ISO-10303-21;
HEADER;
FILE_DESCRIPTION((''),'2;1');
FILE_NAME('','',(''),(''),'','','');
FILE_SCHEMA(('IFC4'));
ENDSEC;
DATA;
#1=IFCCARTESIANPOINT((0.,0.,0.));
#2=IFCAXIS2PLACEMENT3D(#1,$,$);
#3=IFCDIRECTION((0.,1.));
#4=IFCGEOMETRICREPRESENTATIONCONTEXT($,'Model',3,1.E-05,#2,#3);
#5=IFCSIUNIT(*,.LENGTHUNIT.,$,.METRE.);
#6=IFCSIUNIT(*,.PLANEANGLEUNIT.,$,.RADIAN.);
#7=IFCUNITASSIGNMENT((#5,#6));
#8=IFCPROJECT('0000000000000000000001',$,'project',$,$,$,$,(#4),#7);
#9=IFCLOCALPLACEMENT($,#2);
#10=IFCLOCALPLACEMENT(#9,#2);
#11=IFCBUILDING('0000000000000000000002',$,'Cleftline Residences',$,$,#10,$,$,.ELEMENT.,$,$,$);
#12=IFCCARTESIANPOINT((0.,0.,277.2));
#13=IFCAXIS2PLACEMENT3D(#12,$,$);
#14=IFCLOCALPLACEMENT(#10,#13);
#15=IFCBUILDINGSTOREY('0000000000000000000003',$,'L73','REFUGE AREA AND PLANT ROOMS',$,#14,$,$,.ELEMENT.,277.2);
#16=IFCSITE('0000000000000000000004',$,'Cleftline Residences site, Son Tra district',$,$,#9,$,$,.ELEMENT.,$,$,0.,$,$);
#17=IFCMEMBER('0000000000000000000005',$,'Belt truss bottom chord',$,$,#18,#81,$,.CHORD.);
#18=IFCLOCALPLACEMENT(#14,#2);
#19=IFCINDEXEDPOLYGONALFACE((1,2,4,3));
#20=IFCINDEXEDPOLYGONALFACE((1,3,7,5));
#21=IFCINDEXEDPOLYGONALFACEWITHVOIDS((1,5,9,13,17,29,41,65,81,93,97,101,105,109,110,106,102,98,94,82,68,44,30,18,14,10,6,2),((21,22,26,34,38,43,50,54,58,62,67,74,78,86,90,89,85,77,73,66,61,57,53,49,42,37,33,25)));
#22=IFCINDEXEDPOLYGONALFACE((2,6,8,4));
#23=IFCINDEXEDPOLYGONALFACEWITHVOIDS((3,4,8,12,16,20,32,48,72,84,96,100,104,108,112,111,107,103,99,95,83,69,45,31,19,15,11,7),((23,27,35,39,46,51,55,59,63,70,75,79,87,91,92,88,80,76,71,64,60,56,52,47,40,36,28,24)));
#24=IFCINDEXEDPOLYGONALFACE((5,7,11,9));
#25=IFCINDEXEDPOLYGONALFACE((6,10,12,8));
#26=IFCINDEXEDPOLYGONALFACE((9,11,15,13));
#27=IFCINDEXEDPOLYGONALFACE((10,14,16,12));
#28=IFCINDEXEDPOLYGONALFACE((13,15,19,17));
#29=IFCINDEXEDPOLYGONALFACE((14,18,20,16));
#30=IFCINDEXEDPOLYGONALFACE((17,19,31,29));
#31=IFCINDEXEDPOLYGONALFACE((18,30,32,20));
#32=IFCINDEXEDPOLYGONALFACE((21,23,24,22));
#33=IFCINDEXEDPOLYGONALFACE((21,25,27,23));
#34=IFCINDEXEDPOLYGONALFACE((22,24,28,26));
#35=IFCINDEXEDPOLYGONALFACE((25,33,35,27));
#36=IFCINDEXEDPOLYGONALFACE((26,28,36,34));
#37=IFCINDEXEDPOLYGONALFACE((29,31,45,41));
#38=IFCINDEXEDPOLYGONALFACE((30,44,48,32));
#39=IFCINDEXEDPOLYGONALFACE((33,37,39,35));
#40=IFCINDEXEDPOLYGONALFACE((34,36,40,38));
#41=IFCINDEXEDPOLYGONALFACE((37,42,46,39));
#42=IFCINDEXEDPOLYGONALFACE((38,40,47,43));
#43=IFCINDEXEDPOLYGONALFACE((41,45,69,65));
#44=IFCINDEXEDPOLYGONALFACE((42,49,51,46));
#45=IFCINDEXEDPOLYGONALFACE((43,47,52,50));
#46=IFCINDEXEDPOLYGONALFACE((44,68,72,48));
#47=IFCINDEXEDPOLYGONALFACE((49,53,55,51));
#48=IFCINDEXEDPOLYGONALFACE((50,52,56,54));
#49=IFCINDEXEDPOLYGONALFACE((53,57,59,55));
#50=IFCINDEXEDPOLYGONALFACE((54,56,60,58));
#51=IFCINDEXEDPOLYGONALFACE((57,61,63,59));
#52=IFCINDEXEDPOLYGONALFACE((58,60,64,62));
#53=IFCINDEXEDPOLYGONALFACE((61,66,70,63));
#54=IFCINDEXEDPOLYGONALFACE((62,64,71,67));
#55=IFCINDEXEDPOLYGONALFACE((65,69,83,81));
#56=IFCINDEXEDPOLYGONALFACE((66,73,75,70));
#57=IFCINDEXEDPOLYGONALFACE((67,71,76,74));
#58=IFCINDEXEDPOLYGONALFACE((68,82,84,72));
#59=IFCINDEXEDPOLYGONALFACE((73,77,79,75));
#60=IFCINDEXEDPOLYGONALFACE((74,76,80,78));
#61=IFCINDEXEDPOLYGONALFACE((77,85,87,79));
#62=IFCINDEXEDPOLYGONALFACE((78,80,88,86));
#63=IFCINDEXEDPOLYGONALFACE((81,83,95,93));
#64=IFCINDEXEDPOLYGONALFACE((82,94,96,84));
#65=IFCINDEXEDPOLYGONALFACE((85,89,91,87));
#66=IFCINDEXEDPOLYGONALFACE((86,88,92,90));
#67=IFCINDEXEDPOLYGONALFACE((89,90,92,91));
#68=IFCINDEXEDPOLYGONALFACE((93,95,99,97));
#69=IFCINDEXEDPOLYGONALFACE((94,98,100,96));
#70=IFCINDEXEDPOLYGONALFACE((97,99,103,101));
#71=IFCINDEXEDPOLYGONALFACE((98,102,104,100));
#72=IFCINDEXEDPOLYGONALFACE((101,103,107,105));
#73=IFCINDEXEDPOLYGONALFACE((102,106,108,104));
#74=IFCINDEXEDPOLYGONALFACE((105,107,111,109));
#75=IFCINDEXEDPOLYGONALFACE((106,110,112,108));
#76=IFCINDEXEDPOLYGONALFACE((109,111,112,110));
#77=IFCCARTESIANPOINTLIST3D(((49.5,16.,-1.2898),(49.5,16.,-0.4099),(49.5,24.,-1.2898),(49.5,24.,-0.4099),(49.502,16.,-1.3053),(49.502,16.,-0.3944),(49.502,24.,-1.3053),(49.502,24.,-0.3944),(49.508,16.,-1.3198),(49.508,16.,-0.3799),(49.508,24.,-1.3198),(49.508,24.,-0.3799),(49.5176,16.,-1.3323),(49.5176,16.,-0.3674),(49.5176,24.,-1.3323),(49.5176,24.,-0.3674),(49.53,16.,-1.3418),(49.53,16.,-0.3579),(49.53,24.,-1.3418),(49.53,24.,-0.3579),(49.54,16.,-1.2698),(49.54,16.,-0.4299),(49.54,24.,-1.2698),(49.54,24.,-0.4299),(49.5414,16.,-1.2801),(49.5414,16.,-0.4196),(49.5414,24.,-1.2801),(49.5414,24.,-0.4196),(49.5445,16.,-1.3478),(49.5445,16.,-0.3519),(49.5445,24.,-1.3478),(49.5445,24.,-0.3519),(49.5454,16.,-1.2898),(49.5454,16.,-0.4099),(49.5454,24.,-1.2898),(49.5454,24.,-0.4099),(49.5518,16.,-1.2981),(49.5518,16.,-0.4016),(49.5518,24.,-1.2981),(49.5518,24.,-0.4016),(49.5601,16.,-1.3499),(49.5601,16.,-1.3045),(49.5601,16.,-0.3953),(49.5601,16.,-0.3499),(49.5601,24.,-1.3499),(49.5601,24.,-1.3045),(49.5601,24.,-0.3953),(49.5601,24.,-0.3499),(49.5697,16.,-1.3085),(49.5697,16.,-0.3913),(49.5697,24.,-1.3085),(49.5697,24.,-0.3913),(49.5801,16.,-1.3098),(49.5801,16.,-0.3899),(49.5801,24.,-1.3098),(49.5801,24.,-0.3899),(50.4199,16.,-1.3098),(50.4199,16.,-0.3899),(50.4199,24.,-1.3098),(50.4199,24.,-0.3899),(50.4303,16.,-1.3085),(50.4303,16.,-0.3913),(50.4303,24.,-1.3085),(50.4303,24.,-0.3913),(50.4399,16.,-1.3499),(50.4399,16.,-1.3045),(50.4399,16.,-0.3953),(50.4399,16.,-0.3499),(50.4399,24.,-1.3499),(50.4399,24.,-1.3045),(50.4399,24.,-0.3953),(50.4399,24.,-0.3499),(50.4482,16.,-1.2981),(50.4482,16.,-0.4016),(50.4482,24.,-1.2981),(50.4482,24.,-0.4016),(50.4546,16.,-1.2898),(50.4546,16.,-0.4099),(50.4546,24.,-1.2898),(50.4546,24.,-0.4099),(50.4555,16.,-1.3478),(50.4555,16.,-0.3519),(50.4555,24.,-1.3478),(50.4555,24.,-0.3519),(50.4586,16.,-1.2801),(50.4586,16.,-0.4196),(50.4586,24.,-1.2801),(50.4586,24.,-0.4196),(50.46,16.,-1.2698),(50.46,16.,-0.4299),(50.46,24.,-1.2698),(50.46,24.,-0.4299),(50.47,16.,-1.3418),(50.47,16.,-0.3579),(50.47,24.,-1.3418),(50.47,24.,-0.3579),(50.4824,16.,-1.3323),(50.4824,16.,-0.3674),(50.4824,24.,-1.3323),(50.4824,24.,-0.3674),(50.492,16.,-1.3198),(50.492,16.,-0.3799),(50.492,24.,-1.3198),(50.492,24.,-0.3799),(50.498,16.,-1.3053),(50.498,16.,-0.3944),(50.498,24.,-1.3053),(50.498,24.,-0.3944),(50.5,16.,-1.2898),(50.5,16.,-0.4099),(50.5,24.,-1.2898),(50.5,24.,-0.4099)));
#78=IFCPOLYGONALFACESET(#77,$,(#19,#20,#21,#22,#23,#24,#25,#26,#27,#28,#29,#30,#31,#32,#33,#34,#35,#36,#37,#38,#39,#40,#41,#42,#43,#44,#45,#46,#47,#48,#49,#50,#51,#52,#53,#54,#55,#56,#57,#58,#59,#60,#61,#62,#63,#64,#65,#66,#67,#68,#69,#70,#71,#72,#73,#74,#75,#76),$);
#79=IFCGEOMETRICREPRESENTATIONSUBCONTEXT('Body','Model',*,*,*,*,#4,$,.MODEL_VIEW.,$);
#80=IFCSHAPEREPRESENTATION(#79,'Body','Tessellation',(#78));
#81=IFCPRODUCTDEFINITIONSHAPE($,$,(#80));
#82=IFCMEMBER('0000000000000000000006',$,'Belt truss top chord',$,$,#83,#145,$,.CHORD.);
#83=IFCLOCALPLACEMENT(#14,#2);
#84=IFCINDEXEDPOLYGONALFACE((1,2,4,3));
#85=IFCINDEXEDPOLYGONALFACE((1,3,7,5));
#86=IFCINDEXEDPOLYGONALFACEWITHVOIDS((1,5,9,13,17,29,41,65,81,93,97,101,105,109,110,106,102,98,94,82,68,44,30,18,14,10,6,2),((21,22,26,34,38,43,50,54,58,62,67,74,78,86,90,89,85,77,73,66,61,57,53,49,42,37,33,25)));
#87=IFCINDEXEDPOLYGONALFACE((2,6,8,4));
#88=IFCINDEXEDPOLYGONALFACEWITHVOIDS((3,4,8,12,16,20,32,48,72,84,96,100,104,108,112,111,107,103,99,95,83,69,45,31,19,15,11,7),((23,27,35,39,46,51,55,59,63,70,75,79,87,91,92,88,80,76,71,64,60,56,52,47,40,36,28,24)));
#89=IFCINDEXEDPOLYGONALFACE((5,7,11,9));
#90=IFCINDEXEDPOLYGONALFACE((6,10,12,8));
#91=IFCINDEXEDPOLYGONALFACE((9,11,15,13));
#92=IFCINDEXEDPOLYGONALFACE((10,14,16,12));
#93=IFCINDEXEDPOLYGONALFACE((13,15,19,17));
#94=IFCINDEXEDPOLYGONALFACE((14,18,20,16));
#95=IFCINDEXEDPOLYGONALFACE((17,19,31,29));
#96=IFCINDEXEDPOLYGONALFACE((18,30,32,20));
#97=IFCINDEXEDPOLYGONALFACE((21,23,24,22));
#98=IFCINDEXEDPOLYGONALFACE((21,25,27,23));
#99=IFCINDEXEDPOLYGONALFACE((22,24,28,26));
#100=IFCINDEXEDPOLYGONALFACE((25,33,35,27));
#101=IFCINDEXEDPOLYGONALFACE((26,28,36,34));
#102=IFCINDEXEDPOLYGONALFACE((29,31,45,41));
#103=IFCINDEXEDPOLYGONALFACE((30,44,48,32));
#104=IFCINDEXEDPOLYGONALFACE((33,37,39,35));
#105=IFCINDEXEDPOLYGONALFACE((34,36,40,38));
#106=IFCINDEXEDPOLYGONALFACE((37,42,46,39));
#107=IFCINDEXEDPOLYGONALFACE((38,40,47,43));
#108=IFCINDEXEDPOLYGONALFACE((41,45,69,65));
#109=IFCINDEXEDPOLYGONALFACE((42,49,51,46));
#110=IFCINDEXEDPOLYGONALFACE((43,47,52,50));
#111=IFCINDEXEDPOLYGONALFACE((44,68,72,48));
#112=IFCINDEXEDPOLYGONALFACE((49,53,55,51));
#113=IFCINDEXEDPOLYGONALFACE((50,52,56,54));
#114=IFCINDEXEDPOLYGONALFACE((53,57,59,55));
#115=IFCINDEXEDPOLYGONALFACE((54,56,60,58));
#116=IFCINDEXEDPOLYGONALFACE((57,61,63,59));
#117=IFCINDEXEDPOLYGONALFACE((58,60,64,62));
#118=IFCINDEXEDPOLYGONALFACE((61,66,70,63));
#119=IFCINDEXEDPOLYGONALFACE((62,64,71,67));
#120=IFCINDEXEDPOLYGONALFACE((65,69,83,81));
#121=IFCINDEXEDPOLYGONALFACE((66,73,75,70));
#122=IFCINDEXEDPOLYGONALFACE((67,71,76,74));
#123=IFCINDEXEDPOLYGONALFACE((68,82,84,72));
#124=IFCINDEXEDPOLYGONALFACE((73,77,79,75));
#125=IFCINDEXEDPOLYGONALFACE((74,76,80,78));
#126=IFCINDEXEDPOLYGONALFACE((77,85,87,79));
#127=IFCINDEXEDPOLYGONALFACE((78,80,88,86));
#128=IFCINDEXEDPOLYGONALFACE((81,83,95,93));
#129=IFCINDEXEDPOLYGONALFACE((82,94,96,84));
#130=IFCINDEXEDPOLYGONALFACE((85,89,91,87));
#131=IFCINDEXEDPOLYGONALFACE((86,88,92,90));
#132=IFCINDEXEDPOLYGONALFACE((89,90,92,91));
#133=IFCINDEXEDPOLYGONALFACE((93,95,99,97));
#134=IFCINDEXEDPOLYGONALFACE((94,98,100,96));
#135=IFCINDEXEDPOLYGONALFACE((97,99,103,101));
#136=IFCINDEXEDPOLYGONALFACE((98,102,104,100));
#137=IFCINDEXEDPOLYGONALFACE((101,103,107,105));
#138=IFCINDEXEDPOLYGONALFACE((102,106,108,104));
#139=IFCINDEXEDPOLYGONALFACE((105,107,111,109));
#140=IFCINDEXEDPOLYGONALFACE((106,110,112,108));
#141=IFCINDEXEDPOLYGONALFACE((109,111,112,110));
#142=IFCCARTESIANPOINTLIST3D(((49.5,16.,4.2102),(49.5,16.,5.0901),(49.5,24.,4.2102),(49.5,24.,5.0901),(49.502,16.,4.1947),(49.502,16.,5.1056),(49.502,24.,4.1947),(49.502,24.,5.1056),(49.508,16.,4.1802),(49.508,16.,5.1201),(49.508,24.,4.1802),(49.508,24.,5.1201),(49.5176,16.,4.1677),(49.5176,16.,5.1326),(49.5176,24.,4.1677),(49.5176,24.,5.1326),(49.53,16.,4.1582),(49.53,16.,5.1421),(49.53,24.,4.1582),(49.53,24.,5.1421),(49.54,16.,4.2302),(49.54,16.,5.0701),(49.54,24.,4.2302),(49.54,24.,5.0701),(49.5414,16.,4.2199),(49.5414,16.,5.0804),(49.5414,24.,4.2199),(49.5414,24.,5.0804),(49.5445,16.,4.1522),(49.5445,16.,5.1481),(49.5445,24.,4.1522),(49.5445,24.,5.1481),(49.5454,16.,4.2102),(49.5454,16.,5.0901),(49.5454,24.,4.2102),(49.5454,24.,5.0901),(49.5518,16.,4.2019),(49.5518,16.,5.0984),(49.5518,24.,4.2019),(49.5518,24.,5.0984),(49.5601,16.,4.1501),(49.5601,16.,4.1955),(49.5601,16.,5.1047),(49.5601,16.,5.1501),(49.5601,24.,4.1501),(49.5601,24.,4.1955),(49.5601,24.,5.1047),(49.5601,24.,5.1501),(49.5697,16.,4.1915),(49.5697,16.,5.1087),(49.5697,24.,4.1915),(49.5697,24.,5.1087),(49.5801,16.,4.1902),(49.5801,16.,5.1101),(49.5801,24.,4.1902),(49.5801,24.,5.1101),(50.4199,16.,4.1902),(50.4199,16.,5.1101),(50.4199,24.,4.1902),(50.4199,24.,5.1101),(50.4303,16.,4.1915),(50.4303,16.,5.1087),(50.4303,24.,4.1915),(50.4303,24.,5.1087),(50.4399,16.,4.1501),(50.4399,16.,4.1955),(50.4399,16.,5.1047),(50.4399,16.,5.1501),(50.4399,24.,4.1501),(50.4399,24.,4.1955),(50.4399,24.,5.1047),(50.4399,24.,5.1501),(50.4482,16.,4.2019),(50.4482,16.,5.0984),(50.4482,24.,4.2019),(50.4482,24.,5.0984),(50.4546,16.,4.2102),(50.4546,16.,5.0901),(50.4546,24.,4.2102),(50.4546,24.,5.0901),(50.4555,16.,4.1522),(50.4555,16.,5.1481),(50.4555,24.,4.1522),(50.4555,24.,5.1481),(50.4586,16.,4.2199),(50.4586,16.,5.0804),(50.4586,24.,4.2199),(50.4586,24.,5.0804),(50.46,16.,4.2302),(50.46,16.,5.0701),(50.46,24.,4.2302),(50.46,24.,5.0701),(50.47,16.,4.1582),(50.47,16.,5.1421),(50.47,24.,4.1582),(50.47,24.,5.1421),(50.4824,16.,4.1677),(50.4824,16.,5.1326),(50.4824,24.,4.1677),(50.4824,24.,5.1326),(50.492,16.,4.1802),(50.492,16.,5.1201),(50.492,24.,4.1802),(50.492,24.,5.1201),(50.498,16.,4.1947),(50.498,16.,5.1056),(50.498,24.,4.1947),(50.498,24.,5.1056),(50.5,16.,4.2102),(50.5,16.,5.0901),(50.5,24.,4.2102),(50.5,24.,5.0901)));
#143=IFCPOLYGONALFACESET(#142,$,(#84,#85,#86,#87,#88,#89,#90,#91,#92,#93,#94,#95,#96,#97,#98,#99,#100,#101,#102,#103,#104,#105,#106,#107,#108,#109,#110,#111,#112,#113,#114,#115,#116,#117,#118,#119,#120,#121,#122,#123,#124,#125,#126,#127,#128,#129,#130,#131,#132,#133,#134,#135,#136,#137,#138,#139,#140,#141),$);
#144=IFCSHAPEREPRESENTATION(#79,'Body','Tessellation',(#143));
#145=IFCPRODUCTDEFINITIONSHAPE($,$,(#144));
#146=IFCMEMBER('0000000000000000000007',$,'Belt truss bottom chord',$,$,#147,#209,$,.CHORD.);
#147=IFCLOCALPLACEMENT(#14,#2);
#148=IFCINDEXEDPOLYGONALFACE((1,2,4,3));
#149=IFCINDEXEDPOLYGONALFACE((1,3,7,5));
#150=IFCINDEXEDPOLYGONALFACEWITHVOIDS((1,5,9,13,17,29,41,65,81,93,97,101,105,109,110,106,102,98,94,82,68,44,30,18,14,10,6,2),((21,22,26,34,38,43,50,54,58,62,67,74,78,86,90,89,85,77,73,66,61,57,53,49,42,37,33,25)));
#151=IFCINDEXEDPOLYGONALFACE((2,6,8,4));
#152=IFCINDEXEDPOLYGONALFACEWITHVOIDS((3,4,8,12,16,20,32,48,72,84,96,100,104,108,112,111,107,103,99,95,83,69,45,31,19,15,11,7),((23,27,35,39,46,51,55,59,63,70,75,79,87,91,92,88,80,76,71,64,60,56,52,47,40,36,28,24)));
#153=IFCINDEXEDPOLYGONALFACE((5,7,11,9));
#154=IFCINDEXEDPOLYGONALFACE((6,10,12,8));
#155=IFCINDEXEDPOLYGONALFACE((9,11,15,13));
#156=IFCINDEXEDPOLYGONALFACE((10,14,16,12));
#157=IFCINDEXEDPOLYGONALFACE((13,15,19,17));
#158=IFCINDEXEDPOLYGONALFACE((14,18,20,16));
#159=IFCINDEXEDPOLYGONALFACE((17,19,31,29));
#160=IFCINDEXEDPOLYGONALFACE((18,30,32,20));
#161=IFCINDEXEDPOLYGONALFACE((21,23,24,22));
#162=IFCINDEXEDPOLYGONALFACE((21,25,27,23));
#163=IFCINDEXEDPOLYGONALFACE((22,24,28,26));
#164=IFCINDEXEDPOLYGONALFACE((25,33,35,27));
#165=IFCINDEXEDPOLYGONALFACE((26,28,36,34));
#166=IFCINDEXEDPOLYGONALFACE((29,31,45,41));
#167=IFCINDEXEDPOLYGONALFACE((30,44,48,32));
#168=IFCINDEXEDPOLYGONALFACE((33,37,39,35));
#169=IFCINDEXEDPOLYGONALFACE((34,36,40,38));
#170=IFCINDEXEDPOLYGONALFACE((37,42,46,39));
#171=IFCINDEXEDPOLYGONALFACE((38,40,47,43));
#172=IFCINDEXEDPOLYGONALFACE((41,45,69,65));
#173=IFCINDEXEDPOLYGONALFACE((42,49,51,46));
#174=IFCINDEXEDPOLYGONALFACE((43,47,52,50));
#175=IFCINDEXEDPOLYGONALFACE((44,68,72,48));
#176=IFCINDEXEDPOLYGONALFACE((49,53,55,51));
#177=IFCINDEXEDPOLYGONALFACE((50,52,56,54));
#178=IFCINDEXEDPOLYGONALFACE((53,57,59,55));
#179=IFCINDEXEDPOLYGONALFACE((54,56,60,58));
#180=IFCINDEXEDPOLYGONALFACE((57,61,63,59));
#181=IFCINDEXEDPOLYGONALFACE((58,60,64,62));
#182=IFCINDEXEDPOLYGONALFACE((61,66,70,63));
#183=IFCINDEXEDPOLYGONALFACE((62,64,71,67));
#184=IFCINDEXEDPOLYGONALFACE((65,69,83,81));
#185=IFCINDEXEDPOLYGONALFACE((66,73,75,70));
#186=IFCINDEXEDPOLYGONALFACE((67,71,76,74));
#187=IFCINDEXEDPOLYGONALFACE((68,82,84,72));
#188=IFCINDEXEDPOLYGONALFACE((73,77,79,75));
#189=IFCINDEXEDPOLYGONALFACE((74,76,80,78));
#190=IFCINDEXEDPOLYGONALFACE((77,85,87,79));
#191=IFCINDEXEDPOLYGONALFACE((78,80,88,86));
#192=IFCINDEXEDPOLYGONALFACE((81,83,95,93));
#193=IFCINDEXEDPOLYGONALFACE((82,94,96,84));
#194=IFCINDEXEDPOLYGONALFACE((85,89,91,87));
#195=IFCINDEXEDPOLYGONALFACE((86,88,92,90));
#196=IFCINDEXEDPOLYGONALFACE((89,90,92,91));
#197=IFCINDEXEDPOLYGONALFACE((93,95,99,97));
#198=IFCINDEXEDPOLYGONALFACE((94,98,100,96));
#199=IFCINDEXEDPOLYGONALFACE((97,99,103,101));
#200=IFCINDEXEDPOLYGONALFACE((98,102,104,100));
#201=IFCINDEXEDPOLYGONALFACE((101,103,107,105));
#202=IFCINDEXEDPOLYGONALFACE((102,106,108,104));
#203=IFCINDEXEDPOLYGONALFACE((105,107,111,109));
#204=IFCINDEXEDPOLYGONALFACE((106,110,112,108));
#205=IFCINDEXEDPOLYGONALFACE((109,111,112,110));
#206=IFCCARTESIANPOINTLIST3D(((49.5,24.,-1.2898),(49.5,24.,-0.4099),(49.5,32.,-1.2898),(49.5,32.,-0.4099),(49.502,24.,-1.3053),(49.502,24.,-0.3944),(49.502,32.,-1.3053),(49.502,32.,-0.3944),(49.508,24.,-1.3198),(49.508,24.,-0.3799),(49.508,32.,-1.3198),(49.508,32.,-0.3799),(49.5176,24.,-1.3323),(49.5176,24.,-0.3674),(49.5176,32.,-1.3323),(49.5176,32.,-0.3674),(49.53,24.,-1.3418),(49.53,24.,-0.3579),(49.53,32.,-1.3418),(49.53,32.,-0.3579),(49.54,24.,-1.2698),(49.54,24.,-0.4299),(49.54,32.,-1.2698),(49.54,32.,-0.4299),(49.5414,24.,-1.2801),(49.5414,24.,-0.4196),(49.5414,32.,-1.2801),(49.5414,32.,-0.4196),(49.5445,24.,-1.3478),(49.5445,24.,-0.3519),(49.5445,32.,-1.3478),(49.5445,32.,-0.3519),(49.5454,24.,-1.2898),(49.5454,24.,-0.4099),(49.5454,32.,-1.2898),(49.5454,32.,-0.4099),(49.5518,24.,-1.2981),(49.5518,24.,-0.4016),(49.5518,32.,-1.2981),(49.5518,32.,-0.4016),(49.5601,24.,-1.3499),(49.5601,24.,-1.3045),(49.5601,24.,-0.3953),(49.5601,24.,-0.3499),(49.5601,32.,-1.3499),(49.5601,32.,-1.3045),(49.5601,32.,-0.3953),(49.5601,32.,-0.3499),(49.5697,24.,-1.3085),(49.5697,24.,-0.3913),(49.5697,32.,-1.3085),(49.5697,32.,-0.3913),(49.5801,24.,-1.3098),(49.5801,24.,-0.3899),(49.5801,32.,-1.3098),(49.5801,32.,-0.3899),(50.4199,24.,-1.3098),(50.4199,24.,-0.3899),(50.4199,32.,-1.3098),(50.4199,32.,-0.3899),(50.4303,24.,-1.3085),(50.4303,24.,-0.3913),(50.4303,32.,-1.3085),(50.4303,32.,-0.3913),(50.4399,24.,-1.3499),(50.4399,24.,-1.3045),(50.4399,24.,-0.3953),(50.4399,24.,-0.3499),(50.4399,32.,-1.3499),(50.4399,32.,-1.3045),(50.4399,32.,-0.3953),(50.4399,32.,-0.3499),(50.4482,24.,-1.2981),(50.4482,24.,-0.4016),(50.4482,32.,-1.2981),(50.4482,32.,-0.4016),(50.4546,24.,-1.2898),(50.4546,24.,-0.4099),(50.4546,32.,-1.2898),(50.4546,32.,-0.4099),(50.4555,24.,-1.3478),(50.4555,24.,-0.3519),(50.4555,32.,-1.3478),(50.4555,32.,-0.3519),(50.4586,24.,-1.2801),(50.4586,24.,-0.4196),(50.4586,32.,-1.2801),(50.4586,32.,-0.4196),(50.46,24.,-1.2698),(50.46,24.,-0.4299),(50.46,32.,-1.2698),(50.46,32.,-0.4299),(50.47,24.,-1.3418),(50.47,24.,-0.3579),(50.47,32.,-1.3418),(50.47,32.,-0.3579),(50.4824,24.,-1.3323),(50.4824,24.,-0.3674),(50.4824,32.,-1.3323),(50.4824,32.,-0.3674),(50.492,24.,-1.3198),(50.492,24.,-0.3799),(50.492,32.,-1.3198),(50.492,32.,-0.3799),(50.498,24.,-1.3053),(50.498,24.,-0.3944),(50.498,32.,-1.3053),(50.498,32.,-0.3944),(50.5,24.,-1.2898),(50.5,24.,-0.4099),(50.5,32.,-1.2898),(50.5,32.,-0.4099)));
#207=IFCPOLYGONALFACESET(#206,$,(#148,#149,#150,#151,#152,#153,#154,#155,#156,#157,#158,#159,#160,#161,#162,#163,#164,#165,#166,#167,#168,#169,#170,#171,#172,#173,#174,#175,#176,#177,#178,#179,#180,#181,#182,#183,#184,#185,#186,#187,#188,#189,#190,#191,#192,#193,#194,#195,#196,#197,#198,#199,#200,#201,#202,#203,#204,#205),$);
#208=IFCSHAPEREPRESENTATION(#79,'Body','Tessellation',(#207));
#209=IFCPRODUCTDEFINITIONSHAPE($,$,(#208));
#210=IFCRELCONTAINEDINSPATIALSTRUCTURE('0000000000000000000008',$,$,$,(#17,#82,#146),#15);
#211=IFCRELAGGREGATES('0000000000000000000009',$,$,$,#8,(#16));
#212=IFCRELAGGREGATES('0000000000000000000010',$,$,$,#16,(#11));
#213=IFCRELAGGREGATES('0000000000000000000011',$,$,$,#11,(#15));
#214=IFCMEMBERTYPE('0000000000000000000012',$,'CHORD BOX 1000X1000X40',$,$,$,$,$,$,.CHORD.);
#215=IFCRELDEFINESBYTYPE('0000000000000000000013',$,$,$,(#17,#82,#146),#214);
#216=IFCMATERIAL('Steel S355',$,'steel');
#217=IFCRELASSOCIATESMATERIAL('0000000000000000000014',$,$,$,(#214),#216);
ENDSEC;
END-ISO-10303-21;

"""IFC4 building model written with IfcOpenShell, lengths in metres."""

from ifc_helpers import new_model, si_unit, direction, frame, origin, origin_2d, place, context, subcontext, project, spatial, hollow_rectangle, extrude, material, material_profile, profile_set, type_object, element, save


model = new_model("IFC4")

# Units and contexts
model_context = context("Model", 3, precision=1e-05, world=origin(), true_north=direction((0.0, 1.0)))
body_context = subcontext(model_context, "Body", "Model", "MODEL_VIEW")
ifc_project = project(units=[si_unit("LENGTHUNIT", "METRE"), si_unit("PLANEANGLEUNIT", "RADIAN")], contexts=[model_context])

# Site, building, storey
site_placement = place(None, origin())
site = spatial("IfcSite", under=ifc_project, at=site_placement, Name="Cleftline Residences site, Son Tra district", CompositionType="ELEMENT", RefElevation=0.0)
building_placement = place(site_placement, origin())
building = spatial("IfcBuilding", under=site, at=building_placement, Name="Cleftline Residences", CompositionType="ELEMENT")
storey_placement = place(building_placement, frame((0.0, 0.0, 277.2)))
storey = spatial("IfcBuildingStorey", under=building, at=storey_placement, Name="L73", Description="REFUGE AREA AND PLANT ROOMS", CompositionType="ELEMENT", Elevation=277.2)

# Members
ifc_material_1 = material(Name="Steel S355", Category="steel")
ifc_material_profile_1 = material_profile(ifc_material_1, hollow_rectangle(XDim=1.0, YDim=1.0, WallThickness=0.04, InnerFilletRadius=0.04, OuterFilletRadius=0.0601, at=origin_2d()))
ifc_profile_set_1 = profile_set([ifc_material_profile_1], Name="Steel S355")
member_type_1 = type_object("IfcMemberType", Name="CHORD BOX 1000X1000X40", PredefinedType="CHORD", material=ifc_profile_set_1)
for number, where, z_axis, x_axis, name in (
    (1, (50.0, 16.0, -0.8499), (0.0, 1.0, 0.0), (-1.0, 0.0, 0.0), "Belt truss bottom chord"),
    (2, (50.0, 16.0, 4.6501), (0.0, 1.0, 0.0), (-1.0, 0.0, 0.0), "Belt truss top chord"),
    (3, (50.0, 24.0, -0.8499), (0.0, 1.0, 0.0), (-1.0, 0.0, 0.0), "Belt truss bottom chord"),
):
    element("IfcMember", number, at=place(storey_placement, frame(where, z_axis=z_axis, x_axis=x_axis)), inside=storey, type_object=member_type_1, Name=name, PredefinedType="CHORD", context=body_context, shape_type="SweptSolid", body=[
        extrude(hollow_rectangle(XDim=1.0, YDim=1.0, WallThickness=0.04, InnerFilletRadius=0.04, OuterFilletRadius=0.0601, at=origin_2d()), origin(), (0.0, 0.0, 1.0), 8.0),
    ])

save(model, "model.ifc")
